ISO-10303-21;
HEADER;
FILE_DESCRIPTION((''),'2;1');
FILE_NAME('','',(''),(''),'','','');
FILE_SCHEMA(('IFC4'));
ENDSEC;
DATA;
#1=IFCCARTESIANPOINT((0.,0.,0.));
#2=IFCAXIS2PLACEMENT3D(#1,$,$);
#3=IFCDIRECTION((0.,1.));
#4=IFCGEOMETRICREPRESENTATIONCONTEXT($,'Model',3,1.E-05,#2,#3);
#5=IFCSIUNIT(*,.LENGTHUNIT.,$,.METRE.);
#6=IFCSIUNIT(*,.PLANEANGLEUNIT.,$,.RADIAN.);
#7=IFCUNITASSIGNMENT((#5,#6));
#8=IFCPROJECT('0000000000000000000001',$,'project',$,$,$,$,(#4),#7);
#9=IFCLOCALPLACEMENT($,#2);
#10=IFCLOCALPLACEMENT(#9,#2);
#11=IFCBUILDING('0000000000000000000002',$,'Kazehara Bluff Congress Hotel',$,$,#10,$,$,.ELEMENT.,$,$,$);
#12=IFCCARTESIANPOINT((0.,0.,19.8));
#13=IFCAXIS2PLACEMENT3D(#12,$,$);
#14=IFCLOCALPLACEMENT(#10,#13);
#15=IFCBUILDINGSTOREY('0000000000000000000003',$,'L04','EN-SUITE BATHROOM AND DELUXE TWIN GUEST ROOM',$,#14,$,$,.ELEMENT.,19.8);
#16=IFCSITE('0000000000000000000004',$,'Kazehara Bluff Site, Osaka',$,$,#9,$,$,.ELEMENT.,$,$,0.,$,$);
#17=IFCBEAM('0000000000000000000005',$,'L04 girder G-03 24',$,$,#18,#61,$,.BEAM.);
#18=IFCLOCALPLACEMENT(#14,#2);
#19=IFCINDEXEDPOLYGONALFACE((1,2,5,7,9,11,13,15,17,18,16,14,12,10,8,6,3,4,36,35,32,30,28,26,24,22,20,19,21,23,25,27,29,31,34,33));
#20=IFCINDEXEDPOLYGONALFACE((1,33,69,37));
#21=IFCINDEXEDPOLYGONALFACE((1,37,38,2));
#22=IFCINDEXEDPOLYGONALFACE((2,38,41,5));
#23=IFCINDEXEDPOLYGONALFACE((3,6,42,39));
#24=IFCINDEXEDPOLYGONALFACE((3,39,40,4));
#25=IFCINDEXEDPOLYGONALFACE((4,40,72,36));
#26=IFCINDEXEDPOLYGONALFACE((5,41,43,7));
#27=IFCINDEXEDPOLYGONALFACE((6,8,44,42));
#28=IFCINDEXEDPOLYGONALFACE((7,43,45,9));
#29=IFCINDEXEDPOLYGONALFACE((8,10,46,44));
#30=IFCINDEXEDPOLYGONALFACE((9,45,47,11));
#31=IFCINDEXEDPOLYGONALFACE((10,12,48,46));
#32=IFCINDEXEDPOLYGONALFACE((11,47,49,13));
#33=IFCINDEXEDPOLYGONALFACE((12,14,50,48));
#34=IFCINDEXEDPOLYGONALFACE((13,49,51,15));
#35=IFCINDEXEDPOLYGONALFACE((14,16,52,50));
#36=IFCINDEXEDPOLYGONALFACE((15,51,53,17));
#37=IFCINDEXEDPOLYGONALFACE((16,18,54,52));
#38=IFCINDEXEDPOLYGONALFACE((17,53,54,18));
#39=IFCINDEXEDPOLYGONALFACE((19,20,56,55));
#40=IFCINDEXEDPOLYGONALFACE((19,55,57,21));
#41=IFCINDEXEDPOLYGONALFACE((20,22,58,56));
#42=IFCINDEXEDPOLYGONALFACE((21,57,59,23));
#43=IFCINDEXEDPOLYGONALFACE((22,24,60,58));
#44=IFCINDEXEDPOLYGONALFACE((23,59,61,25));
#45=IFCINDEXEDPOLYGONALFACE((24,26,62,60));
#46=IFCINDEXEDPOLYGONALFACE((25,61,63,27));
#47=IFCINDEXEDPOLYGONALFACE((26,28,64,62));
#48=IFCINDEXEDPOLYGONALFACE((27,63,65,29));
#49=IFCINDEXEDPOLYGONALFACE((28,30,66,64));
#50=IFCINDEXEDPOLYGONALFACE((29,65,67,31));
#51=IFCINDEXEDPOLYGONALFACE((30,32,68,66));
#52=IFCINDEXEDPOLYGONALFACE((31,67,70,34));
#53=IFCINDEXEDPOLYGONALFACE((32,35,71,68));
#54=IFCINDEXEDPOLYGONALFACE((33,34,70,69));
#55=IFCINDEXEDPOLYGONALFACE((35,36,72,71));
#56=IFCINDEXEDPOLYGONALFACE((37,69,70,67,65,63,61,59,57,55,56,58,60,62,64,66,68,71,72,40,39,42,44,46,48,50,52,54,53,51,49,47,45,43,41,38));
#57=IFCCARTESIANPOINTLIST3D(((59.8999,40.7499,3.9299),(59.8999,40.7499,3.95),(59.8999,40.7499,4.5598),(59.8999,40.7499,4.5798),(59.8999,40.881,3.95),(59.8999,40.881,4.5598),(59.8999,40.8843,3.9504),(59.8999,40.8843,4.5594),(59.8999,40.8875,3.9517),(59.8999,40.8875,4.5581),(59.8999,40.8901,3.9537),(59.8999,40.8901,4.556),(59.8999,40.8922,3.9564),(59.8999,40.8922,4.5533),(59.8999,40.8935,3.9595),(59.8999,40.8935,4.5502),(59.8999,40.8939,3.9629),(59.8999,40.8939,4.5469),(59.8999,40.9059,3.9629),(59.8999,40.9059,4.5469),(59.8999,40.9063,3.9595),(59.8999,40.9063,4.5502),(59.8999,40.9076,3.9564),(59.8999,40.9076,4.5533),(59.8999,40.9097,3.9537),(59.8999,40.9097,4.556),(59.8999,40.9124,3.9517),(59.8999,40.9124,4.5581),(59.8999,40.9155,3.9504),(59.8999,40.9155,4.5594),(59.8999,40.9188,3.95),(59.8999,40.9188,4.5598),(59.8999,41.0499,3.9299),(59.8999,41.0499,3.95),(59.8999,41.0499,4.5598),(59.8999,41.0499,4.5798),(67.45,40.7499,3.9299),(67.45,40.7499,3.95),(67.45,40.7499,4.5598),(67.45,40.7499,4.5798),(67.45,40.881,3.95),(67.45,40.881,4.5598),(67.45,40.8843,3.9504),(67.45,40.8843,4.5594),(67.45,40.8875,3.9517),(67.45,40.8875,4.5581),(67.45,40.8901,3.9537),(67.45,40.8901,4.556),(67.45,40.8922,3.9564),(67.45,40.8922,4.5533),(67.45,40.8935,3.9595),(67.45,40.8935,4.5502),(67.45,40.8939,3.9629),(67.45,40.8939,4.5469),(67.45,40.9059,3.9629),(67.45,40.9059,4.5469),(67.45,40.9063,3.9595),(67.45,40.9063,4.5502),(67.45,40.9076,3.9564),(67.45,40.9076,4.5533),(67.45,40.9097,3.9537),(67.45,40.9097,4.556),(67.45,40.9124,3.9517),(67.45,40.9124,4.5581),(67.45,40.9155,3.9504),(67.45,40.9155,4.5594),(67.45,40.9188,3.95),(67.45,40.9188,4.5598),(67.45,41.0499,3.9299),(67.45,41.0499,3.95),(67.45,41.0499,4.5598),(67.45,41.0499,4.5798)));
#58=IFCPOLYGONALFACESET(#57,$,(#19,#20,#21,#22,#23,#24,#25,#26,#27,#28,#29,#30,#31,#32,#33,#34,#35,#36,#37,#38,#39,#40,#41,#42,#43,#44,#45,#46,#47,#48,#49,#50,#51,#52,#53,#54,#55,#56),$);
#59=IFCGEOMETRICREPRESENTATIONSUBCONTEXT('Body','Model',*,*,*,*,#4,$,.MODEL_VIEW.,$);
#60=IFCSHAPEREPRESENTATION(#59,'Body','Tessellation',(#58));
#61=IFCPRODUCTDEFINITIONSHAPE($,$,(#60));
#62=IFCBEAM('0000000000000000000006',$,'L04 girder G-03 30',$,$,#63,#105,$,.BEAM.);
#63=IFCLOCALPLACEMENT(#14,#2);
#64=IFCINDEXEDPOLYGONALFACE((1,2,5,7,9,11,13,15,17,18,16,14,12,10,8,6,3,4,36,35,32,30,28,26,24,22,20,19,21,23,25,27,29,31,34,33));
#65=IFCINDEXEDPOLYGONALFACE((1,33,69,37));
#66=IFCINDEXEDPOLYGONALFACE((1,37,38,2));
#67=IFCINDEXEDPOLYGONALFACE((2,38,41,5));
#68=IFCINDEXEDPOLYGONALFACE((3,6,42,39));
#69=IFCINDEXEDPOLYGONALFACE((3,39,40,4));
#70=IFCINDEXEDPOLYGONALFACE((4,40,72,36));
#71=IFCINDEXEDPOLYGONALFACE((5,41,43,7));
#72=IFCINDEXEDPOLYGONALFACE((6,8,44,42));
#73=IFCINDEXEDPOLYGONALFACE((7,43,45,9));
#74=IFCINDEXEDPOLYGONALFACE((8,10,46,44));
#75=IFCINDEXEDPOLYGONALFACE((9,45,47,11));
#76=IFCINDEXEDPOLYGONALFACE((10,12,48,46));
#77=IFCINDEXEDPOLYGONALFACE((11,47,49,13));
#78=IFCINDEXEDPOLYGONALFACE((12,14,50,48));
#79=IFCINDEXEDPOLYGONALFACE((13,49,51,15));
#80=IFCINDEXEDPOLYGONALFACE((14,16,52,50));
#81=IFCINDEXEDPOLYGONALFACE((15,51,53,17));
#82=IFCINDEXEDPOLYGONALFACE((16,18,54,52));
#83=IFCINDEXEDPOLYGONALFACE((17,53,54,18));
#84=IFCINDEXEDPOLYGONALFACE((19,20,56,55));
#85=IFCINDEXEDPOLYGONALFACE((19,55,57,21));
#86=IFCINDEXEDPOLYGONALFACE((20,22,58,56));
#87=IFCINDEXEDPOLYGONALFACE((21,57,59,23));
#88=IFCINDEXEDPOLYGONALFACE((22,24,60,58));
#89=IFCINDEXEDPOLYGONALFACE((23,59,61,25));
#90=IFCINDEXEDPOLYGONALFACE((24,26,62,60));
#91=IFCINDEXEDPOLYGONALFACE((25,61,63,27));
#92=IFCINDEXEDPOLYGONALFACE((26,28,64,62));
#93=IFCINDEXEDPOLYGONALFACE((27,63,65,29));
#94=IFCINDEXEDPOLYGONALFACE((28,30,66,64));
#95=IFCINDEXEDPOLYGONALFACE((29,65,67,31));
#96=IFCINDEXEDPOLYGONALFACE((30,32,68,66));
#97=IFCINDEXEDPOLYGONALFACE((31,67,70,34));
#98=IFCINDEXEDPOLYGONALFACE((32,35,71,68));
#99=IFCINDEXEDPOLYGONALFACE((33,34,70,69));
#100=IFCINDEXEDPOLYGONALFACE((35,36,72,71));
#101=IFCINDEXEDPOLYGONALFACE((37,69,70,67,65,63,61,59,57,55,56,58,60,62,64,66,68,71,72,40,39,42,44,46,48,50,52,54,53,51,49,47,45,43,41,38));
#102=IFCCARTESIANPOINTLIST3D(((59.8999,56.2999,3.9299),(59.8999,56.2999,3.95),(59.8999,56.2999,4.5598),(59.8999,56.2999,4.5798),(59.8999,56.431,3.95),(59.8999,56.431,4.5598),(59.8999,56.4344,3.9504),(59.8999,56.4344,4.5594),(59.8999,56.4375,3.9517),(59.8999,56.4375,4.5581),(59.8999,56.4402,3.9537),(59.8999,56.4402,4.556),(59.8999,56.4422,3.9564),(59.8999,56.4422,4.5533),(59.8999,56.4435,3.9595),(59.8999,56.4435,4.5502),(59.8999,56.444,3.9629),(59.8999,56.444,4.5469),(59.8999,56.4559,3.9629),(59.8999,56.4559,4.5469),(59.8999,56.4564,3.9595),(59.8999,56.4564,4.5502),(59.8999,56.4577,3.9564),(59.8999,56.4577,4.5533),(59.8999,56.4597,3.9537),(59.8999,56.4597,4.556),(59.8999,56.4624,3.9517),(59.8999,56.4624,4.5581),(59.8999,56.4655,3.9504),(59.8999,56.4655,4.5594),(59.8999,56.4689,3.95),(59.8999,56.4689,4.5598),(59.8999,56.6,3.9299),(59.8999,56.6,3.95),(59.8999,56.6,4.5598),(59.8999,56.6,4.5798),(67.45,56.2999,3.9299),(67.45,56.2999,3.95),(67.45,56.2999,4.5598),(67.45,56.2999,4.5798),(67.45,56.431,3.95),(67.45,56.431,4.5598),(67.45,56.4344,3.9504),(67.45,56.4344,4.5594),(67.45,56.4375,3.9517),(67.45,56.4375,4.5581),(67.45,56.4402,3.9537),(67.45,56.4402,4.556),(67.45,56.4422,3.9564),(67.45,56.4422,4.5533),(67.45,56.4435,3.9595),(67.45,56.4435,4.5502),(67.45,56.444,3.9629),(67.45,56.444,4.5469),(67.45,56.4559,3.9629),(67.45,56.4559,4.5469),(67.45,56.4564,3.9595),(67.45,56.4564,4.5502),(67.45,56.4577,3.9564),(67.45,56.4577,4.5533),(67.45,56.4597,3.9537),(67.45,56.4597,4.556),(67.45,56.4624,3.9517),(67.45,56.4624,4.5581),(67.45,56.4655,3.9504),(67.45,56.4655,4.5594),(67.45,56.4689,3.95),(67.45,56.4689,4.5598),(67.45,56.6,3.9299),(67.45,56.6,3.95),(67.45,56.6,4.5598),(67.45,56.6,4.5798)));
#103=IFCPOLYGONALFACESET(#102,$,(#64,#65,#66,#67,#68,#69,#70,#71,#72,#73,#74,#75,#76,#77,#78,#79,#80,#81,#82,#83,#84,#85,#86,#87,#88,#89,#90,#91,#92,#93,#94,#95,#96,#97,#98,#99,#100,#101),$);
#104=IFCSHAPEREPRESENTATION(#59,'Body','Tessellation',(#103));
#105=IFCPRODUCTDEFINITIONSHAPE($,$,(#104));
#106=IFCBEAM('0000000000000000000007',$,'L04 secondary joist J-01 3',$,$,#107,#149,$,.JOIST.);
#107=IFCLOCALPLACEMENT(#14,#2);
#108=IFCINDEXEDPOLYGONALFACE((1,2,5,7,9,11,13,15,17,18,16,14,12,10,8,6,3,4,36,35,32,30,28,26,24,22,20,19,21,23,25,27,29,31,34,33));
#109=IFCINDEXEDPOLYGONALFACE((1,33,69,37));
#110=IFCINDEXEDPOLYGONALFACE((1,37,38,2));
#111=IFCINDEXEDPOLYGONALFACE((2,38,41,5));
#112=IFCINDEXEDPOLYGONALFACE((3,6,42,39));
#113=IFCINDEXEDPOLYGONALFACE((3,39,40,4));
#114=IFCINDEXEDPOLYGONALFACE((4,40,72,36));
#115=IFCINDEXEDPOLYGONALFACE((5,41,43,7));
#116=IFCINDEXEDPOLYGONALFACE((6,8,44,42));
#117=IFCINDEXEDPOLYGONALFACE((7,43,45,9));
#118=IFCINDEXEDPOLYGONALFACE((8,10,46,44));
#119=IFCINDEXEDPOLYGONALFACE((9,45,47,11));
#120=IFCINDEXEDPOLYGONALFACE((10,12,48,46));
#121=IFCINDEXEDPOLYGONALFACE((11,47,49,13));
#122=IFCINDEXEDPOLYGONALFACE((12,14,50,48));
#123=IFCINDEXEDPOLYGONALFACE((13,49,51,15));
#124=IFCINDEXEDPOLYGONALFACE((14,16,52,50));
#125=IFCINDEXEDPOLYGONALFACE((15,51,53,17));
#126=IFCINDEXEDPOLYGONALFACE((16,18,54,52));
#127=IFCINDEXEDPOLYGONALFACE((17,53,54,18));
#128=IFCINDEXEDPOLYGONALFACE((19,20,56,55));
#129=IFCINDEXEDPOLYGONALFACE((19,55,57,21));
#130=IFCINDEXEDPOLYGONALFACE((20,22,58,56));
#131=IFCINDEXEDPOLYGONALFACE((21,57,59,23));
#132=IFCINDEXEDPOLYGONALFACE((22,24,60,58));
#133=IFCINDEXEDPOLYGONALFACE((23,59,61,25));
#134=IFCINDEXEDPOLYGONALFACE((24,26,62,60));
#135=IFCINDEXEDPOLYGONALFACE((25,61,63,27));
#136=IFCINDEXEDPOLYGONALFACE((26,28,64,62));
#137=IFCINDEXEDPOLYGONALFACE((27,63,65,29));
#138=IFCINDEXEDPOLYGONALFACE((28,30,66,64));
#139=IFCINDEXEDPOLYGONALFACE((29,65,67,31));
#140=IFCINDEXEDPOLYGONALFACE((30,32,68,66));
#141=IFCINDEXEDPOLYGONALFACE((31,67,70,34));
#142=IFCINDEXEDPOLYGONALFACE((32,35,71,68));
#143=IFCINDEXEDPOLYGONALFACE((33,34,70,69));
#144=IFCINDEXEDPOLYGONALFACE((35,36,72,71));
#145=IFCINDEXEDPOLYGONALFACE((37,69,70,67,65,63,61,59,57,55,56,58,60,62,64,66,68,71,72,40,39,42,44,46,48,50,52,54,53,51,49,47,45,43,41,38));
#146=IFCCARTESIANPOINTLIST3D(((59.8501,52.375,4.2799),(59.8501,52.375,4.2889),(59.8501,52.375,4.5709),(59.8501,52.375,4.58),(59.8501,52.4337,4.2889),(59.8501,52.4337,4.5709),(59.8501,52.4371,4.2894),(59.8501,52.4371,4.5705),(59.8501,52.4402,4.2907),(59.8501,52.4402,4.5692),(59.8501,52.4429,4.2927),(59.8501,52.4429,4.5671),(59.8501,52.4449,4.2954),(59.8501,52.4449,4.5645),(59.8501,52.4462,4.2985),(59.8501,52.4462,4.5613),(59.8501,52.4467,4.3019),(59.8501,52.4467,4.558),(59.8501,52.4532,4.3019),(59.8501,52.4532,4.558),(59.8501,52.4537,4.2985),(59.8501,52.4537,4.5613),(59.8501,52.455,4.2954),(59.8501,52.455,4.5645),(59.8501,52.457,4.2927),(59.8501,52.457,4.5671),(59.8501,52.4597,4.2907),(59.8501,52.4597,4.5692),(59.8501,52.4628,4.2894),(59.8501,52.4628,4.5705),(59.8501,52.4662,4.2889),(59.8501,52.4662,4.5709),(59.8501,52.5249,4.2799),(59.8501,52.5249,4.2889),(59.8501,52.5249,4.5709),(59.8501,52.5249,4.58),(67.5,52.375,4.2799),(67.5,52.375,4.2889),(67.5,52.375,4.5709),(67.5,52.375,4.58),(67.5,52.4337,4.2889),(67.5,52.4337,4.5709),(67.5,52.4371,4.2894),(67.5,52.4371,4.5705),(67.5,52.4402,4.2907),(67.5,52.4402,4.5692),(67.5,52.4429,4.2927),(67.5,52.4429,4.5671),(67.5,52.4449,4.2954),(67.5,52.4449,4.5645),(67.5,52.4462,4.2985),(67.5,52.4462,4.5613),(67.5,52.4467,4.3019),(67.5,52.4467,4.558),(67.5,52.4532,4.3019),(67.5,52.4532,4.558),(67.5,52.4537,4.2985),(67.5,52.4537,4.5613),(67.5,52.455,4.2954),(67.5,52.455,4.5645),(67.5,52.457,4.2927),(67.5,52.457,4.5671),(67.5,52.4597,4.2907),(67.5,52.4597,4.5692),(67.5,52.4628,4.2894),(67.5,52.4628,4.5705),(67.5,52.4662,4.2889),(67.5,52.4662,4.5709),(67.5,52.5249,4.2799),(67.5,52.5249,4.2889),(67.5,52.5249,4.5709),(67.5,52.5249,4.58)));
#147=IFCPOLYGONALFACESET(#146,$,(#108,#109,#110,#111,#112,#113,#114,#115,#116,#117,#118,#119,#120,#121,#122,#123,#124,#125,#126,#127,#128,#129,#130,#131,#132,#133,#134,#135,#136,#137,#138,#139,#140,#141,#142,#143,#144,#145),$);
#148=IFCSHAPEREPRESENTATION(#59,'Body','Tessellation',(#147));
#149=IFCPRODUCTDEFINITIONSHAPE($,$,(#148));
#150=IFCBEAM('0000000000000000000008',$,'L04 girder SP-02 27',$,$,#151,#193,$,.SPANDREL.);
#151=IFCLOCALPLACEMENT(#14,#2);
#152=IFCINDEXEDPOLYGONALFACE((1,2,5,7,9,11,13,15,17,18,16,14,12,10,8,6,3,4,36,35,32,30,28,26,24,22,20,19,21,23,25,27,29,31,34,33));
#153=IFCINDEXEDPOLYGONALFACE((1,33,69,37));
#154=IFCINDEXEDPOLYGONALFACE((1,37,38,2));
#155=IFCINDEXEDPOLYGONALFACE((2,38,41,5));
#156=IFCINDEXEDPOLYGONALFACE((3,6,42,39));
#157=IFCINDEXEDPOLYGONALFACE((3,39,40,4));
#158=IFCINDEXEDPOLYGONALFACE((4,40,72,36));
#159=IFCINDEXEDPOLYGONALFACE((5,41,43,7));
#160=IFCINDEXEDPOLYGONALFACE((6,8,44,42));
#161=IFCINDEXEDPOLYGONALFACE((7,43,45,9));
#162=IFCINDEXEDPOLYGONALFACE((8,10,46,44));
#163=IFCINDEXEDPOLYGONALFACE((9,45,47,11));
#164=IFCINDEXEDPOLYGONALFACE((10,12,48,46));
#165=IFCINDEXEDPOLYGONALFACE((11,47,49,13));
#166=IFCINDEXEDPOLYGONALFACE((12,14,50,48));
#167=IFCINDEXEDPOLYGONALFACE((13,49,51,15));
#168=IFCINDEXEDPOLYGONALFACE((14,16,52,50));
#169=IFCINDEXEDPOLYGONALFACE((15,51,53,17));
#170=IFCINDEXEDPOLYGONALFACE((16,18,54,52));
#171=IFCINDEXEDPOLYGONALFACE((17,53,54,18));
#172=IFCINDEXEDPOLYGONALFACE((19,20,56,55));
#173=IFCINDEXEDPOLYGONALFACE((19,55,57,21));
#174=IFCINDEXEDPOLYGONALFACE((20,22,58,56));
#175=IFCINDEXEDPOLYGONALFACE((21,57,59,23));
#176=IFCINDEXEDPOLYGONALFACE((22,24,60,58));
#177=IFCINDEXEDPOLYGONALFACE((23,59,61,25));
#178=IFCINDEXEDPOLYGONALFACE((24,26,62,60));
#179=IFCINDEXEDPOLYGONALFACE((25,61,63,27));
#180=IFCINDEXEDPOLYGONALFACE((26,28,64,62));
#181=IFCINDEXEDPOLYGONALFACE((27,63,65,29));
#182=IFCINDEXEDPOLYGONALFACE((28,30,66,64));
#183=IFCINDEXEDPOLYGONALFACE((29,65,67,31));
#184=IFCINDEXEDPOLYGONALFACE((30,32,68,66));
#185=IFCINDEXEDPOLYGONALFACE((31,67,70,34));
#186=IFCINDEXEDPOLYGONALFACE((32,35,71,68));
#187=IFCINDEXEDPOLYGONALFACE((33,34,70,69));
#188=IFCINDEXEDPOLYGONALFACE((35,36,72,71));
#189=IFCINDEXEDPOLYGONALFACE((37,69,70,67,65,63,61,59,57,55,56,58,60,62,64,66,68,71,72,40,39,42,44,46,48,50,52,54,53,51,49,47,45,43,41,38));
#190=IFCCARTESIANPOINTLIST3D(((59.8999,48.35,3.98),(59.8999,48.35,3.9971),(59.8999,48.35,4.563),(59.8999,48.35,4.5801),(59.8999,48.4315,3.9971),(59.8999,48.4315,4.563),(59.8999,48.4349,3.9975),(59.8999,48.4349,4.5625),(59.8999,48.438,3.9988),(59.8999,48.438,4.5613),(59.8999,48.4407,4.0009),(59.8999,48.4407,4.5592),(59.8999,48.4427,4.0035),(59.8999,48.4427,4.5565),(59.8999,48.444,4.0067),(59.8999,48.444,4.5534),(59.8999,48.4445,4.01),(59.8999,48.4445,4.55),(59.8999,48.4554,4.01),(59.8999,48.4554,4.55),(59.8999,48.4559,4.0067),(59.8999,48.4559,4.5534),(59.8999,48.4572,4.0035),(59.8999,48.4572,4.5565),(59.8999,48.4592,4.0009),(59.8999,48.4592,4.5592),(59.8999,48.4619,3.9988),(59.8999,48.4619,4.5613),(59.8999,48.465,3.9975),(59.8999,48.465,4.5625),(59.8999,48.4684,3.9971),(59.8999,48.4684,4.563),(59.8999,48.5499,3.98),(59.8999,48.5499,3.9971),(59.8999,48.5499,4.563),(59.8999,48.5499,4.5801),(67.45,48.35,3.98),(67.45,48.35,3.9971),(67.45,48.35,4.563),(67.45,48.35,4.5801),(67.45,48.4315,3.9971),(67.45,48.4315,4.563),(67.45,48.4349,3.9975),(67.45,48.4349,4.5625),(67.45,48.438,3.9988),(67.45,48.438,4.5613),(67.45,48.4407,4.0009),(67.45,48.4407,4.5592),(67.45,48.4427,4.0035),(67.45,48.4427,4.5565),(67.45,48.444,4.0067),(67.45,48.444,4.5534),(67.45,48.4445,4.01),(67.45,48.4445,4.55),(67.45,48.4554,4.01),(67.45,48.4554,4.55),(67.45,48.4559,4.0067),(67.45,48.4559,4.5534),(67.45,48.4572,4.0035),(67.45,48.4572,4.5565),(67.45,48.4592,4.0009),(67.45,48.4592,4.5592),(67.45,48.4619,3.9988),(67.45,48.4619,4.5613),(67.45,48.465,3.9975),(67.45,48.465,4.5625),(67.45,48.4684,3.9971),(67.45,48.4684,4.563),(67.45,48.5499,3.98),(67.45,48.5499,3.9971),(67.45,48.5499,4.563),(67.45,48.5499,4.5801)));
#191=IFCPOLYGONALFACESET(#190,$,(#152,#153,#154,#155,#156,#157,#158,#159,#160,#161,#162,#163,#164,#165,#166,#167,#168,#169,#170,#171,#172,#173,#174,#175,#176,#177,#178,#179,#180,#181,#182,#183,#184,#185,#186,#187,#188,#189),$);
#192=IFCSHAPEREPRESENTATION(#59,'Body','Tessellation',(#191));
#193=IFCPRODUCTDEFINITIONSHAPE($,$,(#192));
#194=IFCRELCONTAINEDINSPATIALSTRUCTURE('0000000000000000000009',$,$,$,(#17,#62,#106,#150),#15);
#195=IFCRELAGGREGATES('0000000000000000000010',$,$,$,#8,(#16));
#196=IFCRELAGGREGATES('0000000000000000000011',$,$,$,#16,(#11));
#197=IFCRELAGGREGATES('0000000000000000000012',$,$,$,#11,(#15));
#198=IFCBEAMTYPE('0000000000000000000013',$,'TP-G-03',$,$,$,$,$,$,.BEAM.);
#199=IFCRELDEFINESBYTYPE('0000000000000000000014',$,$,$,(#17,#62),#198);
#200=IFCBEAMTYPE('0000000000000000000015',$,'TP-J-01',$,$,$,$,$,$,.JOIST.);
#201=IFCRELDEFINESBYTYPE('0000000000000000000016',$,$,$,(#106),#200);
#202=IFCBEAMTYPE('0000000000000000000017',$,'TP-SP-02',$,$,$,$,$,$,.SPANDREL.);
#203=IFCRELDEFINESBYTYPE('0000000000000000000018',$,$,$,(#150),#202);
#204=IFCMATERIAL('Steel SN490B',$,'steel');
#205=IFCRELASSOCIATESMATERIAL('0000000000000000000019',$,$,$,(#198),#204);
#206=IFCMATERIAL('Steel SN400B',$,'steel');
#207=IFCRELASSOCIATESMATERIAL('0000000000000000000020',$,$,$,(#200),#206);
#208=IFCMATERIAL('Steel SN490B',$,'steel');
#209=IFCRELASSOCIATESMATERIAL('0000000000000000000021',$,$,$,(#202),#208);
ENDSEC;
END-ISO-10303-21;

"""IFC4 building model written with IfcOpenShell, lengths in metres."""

from ifc_helpers import new_model, si_unit, direction, frame, origin, origin_2d, place, context, subcontext, project, spatial, i_section, extrude, material, material_profile, profile_set, type_object, element, save


model = new_model("IFC4")

# Units and contexts
model_context = context("Model", 3, precision=1e-05, world=origin(), true_north=direction((0.0, 1.0)))
body_context = subcontext(model_context, "Body", "Model", "MODEL_VIEW")
ifc_project = project(units=[si_unit("LENGTHUNIT", "METRE"), si_unit("PLANEANGLEUNIT", "RADIAN")], contexts=[model_context])

# Site, building, storey
site_placement = place(None, origin())
site = spatial("IfcSite", under=ifc_project, at=site_placement, Name="Kazehara Bluff Site, Osaka", CompositionType="ELEMENT", RefElevation=0.0)
building_placement = place(site_placement, origin())
building = spatial("IfcBuilding", under=site, at=building_placement, Name="Kazehara Bluff Congress Hotel", CompositionType="ELEMENT")
storey_placement = place(building_placement, frame((0.0, 0.0, 19.8)))
storey = spatial("IfcBuildingStorey", under=building, at=storey_placement, Name="L04", Description="EN-SUITE BATHROOM AND DELUXE TWIN GUEST ROOM", CompositionType="ELEMENT", Elevation=19.8)

# Beams
ifc_material_1 = material(Name="Steel SN490B", Category="steel")
ifc_material_profile_1 = material_profile(ifc_material_1, i_section(OverallWidth=0.3, OverallDepth=0.6499, WebThickness=0.012, FlangeThickness=0.02, FilletRadius=0.0129, at=origin_2d()))
ifc_profile_set_1 = profile_set([ifc_material_profile_1], Name="Steel SN490B")
beam_type_1 = type_object("IfcBeamType", Name="TP-G-03", PredefinedType="BEAM", material=ifc_profile_set_1)
for number, where, z_axis, x_axis, name in (
    (1, (59.8999, 40.8999, 4.2549), (1.0, 0.0, 0.0), (0.0, 1.0, 0.0), "L04 girder G-03 24"),
    (2, (59.8999, 56.45, 4.2549), (1.0, 0.0, 0.0), (0.0, 1.0, 0.0), "L04 girder G-03 30"),
):
    element("IfcBeam", number, at=place(storey_placement, frame(where, z_axis=z_axis, x_axis=x_axis)), inside=storey, type_object=beam_type_1, Name=name, PredefinedType="BEAM", context=body_context, shape_type="SweptSolid", body=[
        extrude(i_section(OverallWidth=0.3, OverallDepth=0.6499, WebThickness=0.012, FlangeThickness=0.02, FilletRadius=0.0129, at=origin_2d()), origin(), (0.0, 0.0, 1.0), 7.55),
    ])
ifc_material_2 = material(Name="Steel SN400B", Category="steel")
ifc_material_profile_2 = material_profile(ifc_material_2, i_section(OverallWidth=0.1499, OverallDepth=0.3, WebThickness=0.0066, FlangeThickness=0.009, FilletRadius=0.0129, at=origin_2d()))
ifc_profile_set_2 = profile_set([ifc_material_profile_2], Name="Steel SN400B")
beam_type_2 = type_object("IfcBeamType", Name="TP-J-01", PredefinedType="JOIST", material=ifc_profile_set_2)
beam_1_placement = place(storey_placement, frame((59.8501, 52.45, 4.4299), z_axis=(1.0, 0.0, 0.0), x_axis=(0.0, 1.0, 0.0)))
element("IfcBeam", 3, at=beam_1_placement, inside=storey, type_object=beam_type_2, Name="L04 secondary joist J-01 3", PredefinedType="JOIST", context=body_context, shape_type="SweptSolid", body=[
    extrude(i_section(OverallWidth=0.1499, OverallDepth=0.3, WebThickness=0.0066, FlangeThickness=0.009, FilletRadius=0.0129, at=origin_2d()), origin(), (0.0, 0.0, 1.0), 7.6499),
])
ifc_material_3 = material(Name="Steel SN490B", Category="steel")
ifc_material_profile_3 = material_profile(ifc_material_3, i_section(OverallWidth=0.2, OverallDepth=0.6001, WebThickness=0.011, FlangeThickness=0.0171, FilletRadius=0.0129, at=origin_2d()))
ifc_profile_set_3 = profile_set([ifc_material_profile_3], Name="Steel SN490B")
beam_type_3 = type_object("IfcBeamType", Name="TP-SP-02", PredefinedType="SPANDREL", material=ifc_profile_set_3)
beam_2_placement = place(storey_placement, frame((59.8999, 48.45, 4.28), z_axis=(1.0, 0.0, 0.0), x_axis=(0.0, 1.0, 0.0)))
element("IfcBeam", 4, at=beam_2_placement, inside=storey, type_object=beam_type_3, Name="L04 girder SP-02 27", PredefinedType="SPANDREL", context=body_context, shape_type="SweptSolid", body=[
    extrude(i_section(OverallWidth=0.2, OverallDepth=0.6001, WebThickness=0.011, FlangeThickness=0.0171, FilletRadius=0.0129, at=origin_2d()), origin(), (0.0, 0.0, 1.0), 7.55),
])

save(model, "model.ifc")
